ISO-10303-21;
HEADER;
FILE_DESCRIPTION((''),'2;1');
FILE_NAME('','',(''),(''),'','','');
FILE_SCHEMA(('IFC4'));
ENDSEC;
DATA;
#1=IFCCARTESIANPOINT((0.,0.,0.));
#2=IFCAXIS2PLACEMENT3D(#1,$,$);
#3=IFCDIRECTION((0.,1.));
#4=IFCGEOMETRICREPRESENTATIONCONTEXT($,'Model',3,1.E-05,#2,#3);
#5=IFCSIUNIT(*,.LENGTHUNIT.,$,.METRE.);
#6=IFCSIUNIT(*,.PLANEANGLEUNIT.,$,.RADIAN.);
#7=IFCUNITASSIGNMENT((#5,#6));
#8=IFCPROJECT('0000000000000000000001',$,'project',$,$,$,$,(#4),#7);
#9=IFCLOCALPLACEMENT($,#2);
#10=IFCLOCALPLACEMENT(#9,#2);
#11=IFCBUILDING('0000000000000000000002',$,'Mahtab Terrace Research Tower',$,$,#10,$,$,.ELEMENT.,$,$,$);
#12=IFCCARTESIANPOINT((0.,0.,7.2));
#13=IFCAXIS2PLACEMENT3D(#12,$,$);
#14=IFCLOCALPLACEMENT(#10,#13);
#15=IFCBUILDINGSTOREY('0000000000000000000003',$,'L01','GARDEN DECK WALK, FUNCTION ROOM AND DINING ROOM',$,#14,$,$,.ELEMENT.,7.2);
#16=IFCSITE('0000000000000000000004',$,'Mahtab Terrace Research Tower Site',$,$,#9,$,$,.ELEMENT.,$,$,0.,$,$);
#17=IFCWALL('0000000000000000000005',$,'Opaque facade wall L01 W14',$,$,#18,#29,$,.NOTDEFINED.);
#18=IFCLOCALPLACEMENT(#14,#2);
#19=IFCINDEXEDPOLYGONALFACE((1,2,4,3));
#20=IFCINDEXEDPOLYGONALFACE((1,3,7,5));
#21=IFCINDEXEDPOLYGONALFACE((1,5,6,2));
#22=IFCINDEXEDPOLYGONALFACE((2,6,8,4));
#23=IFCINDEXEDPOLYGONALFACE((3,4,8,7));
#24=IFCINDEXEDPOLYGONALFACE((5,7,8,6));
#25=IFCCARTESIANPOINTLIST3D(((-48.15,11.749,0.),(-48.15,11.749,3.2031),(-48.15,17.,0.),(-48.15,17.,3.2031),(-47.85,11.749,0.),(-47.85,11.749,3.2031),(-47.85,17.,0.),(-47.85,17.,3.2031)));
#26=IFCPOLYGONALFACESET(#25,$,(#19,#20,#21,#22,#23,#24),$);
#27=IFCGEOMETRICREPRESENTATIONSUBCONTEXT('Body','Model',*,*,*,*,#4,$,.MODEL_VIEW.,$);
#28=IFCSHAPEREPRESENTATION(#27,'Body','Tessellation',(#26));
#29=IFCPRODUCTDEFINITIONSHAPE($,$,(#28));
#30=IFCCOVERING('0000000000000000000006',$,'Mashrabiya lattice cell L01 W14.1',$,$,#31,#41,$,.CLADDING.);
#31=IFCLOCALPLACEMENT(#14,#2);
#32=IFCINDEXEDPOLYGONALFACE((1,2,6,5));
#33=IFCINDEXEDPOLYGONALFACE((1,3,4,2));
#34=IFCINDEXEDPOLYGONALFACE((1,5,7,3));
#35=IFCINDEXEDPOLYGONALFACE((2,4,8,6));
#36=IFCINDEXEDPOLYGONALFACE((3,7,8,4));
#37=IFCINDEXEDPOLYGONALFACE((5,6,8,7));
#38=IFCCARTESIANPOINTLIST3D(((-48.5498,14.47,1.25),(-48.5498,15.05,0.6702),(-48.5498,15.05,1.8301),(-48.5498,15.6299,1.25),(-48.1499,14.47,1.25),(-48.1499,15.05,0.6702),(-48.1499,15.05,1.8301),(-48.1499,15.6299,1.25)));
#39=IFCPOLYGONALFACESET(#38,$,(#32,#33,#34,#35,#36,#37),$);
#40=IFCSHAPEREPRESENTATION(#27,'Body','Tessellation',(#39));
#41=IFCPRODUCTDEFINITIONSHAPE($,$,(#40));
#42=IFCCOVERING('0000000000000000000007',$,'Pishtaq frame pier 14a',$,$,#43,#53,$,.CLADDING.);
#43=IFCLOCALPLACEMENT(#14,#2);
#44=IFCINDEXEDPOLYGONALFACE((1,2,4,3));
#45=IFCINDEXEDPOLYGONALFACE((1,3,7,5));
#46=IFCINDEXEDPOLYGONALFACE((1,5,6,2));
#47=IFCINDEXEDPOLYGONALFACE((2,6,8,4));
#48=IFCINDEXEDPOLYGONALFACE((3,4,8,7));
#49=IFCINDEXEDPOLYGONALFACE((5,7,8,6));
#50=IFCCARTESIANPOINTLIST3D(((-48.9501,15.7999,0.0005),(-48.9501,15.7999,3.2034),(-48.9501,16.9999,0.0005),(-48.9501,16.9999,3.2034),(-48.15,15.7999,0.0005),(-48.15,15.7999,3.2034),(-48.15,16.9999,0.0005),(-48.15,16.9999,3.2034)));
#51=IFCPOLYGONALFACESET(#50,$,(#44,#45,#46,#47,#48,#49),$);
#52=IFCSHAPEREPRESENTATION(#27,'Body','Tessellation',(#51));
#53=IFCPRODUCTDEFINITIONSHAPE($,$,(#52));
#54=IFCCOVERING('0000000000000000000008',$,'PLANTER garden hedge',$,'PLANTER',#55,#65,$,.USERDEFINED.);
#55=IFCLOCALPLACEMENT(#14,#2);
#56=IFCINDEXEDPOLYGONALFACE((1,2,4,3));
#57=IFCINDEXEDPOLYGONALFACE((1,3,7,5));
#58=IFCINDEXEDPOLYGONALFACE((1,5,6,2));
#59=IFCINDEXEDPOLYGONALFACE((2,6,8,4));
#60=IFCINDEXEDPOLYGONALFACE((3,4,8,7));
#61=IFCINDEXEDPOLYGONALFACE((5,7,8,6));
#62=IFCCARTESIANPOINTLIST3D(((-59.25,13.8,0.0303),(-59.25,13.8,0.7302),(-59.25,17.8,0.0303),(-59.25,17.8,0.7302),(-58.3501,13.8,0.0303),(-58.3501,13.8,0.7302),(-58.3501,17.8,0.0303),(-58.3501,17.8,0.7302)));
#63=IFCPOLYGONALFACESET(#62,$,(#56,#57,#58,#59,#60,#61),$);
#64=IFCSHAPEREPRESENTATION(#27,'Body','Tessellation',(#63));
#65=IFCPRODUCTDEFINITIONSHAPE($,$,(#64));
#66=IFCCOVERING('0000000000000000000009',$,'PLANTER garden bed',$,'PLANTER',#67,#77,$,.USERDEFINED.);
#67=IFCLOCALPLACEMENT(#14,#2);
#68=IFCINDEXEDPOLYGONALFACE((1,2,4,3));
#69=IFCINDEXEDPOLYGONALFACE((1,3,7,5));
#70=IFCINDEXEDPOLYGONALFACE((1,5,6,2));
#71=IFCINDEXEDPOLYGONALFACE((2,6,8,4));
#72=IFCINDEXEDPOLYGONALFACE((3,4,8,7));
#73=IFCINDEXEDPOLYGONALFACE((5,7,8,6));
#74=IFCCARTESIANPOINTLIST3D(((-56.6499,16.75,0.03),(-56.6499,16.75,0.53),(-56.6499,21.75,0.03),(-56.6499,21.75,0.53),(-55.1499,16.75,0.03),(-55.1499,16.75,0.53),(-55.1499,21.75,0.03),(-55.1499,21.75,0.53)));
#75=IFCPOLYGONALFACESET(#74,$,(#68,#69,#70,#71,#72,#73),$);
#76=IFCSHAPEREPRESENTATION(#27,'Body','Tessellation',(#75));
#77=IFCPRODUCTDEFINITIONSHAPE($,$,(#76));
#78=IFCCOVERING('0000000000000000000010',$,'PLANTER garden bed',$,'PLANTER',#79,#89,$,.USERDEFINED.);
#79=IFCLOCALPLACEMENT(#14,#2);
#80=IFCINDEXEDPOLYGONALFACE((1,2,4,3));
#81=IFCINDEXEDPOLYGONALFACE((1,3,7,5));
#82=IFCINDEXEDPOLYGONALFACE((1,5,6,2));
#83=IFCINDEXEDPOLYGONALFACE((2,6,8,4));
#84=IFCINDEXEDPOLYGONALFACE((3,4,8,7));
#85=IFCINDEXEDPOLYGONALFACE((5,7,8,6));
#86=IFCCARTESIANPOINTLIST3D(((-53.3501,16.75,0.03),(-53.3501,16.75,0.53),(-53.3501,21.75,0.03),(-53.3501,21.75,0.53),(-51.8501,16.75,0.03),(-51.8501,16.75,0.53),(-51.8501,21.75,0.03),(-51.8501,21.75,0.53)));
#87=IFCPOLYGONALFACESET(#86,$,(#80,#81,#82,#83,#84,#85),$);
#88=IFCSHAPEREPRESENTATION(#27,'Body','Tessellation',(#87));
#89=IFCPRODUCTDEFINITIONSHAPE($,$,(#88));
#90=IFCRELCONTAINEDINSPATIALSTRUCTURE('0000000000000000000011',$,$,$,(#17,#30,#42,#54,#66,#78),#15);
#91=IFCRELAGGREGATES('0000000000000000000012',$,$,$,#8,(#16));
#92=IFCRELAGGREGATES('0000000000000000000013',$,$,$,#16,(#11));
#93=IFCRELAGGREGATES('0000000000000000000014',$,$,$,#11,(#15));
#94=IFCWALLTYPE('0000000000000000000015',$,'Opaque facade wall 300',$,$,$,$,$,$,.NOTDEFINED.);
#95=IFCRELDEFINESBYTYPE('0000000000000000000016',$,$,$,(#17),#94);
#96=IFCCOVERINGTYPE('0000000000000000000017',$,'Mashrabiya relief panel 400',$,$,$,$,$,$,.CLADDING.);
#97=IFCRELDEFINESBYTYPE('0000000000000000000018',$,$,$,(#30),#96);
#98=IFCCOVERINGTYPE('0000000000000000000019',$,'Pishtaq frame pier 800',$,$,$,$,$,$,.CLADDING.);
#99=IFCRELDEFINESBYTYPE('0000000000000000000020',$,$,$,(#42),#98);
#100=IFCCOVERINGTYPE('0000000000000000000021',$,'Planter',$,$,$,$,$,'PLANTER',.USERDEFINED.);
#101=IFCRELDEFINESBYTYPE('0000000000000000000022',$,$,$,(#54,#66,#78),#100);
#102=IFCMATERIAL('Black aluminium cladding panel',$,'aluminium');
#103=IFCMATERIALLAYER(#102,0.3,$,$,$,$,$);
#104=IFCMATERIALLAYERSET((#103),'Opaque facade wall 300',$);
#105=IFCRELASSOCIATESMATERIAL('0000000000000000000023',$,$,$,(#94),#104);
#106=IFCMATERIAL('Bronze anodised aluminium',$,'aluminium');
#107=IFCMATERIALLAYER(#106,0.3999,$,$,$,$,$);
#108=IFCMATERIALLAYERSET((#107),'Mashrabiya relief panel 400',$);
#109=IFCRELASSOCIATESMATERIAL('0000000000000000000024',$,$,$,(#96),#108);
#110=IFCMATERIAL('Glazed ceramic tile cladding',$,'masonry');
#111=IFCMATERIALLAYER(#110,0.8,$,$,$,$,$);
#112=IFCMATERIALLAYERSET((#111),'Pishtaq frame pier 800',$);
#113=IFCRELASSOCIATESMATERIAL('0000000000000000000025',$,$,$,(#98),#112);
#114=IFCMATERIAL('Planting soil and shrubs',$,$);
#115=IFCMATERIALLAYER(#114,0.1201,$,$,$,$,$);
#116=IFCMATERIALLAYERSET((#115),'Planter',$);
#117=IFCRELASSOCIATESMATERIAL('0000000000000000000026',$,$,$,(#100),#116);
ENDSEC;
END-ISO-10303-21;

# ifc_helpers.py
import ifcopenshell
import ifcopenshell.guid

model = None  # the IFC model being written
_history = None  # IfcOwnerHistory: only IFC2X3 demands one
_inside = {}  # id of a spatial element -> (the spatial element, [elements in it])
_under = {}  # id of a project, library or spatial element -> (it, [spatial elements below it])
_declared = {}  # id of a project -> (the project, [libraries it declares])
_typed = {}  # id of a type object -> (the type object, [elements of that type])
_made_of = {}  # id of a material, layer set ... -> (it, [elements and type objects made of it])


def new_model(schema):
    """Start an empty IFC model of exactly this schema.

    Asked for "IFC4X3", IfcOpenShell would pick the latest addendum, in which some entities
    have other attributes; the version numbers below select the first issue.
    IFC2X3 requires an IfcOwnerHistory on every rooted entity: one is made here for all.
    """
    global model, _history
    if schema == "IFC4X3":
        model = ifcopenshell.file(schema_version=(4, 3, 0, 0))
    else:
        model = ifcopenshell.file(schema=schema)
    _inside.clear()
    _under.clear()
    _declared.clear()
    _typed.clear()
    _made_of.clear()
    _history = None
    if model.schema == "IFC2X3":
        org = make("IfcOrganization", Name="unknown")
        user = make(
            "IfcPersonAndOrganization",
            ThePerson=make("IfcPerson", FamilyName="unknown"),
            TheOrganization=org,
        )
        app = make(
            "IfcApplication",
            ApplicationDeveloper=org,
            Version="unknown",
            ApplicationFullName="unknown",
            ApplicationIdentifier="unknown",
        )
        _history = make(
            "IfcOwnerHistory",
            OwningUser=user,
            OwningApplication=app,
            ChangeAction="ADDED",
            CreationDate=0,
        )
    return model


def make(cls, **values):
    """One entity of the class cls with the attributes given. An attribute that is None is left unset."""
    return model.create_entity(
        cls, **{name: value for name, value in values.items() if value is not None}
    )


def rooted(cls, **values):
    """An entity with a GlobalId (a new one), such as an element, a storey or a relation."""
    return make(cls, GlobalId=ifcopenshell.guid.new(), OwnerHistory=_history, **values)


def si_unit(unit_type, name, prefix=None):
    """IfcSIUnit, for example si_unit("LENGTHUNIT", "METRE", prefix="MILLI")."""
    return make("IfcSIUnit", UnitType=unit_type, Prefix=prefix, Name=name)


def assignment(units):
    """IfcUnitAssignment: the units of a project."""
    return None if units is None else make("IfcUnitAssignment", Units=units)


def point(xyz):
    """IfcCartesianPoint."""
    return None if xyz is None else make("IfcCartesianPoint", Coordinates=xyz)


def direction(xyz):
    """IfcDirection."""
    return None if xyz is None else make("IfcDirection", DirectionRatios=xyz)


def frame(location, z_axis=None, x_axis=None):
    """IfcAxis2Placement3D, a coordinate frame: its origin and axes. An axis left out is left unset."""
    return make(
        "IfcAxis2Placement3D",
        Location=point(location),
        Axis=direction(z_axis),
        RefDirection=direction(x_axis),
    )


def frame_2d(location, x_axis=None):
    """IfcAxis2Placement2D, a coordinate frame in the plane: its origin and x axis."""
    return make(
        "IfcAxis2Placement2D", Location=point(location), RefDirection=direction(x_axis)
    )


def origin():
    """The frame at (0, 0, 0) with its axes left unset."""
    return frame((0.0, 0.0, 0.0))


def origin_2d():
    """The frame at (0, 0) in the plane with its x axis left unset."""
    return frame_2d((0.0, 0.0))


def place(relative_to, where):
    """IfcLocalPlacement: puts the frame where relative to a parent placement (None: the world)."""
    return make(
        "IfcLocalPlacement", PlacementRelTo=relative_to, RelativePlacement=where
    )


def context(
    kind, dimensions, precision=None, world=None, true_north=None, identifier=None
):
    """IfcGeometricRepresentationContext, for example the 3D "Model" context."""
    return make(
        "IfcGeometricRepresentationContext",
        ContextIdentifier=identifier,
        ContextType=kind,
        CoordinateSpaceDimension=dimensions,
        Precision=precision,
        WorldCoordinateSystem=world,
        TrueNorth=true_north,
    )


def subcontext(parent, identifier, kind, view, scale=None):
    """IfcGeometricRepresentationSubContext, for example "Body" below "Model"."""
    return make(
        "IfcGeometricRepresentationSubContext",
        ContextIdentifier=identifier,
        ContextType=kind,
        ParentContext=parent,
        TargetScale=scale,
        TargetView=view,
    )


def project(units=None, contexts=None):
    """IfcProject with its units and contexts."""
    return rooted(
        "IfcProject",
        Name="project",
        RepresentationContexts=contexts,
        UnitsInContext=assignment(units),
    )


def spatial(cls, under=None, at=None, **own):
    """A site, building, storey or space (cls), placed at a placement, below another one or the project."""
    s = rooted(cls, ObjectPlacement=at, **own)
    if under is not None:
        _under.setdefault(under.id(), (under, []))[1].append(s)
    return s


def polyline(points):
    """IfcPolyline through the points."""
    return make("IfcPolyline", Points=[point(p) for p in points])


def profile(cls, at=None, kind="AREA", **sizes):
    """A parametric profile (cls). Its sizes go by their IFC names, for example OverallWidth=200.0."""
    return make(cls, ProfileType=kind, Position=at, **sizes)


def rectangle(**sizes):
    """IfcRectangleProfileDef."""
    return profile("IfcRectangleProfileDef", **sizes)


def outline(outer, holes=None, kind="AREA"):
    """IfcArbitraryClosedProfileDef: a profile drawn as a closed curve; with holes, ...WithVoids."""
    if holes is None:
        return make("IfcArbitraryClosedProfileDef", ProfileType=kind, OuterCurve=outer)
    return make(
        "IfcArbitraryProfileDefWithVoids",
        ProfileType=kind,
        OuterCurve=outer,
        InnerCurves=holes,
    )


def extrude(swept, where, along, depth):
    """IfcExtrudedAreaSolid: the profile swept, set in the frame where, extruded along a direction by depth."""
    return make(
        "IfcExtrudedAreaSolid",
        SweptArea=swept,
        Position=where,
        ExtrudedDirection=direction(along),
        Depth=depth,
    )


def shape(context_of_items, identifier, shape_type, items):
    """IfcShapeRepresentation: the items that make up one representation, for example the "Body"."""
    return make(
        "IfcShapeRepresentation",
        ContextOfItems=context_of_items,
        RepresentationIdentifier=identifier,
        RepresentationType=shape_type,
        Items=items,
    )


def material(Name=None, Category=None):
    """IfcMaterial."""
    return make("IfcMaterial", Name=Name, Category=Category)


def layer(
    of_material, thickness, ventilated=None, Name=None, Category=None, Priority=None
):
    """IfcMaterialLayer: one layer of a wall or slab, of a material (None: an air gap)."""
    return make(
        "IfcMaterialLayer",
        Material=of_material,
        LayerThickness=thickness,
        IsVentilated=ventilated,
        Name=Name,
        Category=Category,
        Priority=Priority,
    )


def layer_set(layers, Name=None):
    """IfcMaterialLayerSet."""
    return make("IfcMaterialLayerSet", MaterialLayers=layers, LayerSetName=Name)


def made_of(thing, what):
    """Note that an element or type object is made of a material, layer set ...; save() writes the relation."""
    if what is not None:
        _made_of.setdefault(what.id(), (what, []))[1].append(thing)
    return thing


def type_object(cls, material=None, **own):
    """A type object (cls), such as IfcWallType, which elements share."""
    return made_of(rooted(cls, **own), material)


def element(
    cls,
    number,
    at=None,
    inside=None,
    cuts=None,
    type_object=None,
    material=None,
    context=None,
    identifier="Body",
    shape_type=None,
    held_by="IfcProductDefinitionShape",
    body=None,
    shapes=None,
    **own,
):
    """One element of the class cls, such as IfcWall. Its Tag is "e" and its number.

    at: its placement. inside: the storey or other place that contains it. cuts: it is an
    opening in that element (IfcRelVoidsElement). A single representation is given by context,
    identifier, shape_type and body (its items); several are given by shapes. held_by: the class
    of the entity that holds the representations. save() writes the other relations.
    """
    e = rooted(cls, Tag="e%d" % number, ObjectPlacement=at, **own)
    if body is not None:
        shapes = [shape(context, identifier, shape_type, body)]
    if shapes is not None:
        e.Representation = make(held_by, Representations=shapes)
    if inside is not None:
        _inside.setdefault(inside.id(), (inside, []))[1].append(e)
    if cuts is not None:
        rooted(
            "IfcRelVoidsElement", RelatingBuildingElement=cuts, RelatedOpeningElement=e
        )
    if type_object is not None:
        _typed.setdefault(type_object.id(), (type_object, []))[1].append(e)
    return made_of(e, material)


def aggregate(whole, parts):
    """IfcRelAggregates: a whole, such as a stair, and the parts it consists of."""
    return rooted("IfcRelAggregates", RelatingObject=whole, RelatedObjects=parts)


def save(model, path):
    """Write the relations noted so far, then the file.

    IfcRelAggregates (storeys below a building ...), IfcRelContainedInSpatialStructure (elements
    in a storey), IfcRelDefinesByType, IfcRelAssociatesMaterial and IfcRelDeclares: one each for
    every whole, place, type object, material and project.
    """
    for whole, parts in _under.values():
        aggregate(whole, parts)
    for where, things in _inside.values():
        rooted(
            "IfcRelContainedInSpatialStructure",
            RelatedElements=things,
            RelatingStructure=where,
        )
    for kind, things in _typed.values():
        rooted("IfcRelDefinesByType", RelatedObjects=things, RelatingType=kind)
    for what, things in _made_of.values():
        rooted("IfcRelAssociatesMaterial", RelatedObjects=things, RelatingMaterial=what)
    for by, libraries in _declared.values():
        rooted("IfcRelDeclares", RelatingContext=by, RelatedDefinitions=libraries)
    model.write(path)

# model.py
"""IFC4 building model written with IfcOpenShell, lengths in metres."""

from ifc_helpers import new_model, si_unit, direction, frame, frame_2d, origin, origin_2d, place, context, subcontext, project, spatial, polyline, rectangle, outline, extrude, material, layer, layer_set, type_object, element, save


model = new_model("IFC4")

# Units and contexts
model_context = context("Model", 3, precision=1e-05, world=origin(), true_north=direction((0.0, 1.0)))
body_context = subcontext(model_context, "Body", "Model", "MODEL_VIEW")
ifc_project = project(units=[si_unit("LENGTHUNIT", "METRE"), si_unit("PLANEANGLEUNIT", "RADIAN")], contexts=[model_context])

# Site, building, storey
site_placement = place(None, origin())
site = spatial("IfcSite", under=ifc_project, at=site_placement, Name="Mahtab Terrace Research Tower Site", CompositionType="ELEMENT", RefElevation=0.0)
building_placement = place(site_placement, origin())
building = spatial("IfcBuilding", under=site, at=building_placement, Name="Mahtab Terrace Research Tower", CompositionType="ELEMENT")
storey_placement = place(building_placement, frame((0.0, 0.0, 7.2)))
storey = spatial("IfcBuildingStorey", under=building, at=storey_placement, Name="L01", Description="GARDEN DECK WALK, FUNCTION ROOM AND DINING ROOM", CompositionType="ELEMENT", Elevation=7.2)

# Wall
ifc_material_1 = material(Name="Black aluminium cladding panel", Category="aluminium")
ifc_layer_1 = layer(ifc_material_1, 0.3)
ifc_layer_set_1 = layer_set([ifc_layer_1], Name="Opaque facade wall 300")
wall_type_1 = type_object("IfcWallType", Name="Opaque facade wall 300", PredefinedType="NOTDEFINED", material=ifc_layer_set_1)
wall_1_placement = place(storey_placement, frame((-48.0, 17.0, 0.0), z_axis=(0.0, 0.0, 1.0), x_axis=(0.0, -1.0, 0.0)))
element("IfcWall", 1, at=wall_1_placement, inside=storey, type_object=wall_type_1, Name="Opaque facade wall L01 W14", PredefinedType="NOTDEFINED", context=body_context, shape_type="SweptSolid", body=[
    extrude(rectangle(XDim=5.251, YDim=0.3, at=frame_2d((2.6255, 0.0))), origin(), (0.0, 0.0, 1.0), 3.2031),
])

# Coverings
ifc_material_2 = material(Name="Bronze anodised aluminium", Category="aluminium")
ifc_layer_2 = layer(ifc_material_2, 0.3999)
ifc_layer_set_2 = layer_set([ifc_layer_2], Name="Mashrabiya relief panel 400")
covering_type_1 = type_object("IfcCoveringType", Name="Mashrabiya relief panel 400", PredefinedType="CLADDING", material=ifc_layer_set_2)
covering_1_placement = place(storey_placement, frame((-48.1499, 15.05, 1.8301), z_axis=(1.0, 0.0, 0.0), x_axis=(0.0, -0.707107, -0.707107)))
element("IfcCovering", 2, at=covering_1_placement, inside=storey, type_object=covering_type_1, Name="Mashrabiya lattice cell L01 W14.1", PredefinedType="CLADDING", context=body_context, shape_type="SweptSolid", body=[
    extrude(outline(polyline([(0.0, 0.0), (0.8204, 0.0), (0.8202, 0.8202), (0.0002, 0.8202), (0.0, 0.0)])), origin(), (0.0, 0.0, -1.0), 0.3999),
])
ifc_material_3 = material(Name="Glazed ceramic tile cladding", Category="masonry")
ifc_layer_3 = layer(ifc_material_3, 0.8)
ifc_layer_set_3 = layer_set([ifc_layer_3], Name="Pishtaq frame pier 800")
covering_type_2 = type_object("IfcCoveringType", Name="Pishtaq frame pier 800", PredefinedType="CLADDING", material=ifc_layer_set_3)
covering_2_placement = place(storey_placement, frame((-48.55, 16.3999, 0.0005), z_axis=(0.0, 0.0, 1.0), x_axis=(0.0, -1.0, 0.0)))
element("IfcCovering", 3, at=covering_2_placement, inside=storey, type_object=covering_type_2, Name="Pishtaq frame pier 14a", PredefinedType="CLADDING", context=body_context, shape_type="SweptSolid", body=[
    extrude(rectangle(XDim=1.2, YDim=0.8, at=origin_2d()), origin(), (0.0, 0.0, 1.0), 3.2029),
])
ifc_material_4 = material(Name="Planting soil and shrubs")
ifc_layer_4 = layer(ifc_material_4, 0.1201)
ifc_layer_set_4 = layer_set([ifc_layer_4], Name="Planter")
covering_type_3 = type_object("IfcCoveringType", Name="Planter", ElementType="PLANTER", PredefinedType="USERDEFINED", material=ifc_layer_set_4)
covering_3_placement = place(storey_placement, frame((-58.8, 15.8, 0.0303), z_axis=(0.0, 0.0, 1.0), x_axis=(0.0, -1.0, 0.0)))
element("IfcCovering", 4, at=covering_3_placement, inside=storey, type_object=covering_type_3, Name="PLANTER garden hedge", ObjectType="PLANTER", PredefinedType="USERDEFINED", context=body_context, shape_type="SweptSolid", body=[
    extrude(rectangle(XDim=4.0, YDim=0.8999, at=origin_2d()), origin(), (0.0, 0.0, 1.0), 0.7),
])
for number, where, z_axis, x_axis, name in (
    (5, (-55.8999, 19.25, 0.03), (0.0, 0.0, 1.0), (1.0, 0.0, 0.0), "PLANTER garden bed"),
    (6, (-52.6001, 19.25, 0.03), (0.0, 0.0, 1.0), (1.0, 0.0, 0.0), "PLANTER garden bed"),
):
    element("IfcCovering", number, at=place(storey_placement, frame(where, z_axis=z_axis, x_axis=x_axis)), inside=storey, type_object=covering_type_3, Name=name, ObjectType="PLANTER", PredefinedType="USERDEFINED", context=body_context, shape_type="SweptSolid", body=[
        extrude(rectangle(XDim=1.5, YDim=5.0, at=origin_2d()), origin(), (0.0, 0.0, 1.0), 0.5),
    ])

save(model, "model.ifc")
